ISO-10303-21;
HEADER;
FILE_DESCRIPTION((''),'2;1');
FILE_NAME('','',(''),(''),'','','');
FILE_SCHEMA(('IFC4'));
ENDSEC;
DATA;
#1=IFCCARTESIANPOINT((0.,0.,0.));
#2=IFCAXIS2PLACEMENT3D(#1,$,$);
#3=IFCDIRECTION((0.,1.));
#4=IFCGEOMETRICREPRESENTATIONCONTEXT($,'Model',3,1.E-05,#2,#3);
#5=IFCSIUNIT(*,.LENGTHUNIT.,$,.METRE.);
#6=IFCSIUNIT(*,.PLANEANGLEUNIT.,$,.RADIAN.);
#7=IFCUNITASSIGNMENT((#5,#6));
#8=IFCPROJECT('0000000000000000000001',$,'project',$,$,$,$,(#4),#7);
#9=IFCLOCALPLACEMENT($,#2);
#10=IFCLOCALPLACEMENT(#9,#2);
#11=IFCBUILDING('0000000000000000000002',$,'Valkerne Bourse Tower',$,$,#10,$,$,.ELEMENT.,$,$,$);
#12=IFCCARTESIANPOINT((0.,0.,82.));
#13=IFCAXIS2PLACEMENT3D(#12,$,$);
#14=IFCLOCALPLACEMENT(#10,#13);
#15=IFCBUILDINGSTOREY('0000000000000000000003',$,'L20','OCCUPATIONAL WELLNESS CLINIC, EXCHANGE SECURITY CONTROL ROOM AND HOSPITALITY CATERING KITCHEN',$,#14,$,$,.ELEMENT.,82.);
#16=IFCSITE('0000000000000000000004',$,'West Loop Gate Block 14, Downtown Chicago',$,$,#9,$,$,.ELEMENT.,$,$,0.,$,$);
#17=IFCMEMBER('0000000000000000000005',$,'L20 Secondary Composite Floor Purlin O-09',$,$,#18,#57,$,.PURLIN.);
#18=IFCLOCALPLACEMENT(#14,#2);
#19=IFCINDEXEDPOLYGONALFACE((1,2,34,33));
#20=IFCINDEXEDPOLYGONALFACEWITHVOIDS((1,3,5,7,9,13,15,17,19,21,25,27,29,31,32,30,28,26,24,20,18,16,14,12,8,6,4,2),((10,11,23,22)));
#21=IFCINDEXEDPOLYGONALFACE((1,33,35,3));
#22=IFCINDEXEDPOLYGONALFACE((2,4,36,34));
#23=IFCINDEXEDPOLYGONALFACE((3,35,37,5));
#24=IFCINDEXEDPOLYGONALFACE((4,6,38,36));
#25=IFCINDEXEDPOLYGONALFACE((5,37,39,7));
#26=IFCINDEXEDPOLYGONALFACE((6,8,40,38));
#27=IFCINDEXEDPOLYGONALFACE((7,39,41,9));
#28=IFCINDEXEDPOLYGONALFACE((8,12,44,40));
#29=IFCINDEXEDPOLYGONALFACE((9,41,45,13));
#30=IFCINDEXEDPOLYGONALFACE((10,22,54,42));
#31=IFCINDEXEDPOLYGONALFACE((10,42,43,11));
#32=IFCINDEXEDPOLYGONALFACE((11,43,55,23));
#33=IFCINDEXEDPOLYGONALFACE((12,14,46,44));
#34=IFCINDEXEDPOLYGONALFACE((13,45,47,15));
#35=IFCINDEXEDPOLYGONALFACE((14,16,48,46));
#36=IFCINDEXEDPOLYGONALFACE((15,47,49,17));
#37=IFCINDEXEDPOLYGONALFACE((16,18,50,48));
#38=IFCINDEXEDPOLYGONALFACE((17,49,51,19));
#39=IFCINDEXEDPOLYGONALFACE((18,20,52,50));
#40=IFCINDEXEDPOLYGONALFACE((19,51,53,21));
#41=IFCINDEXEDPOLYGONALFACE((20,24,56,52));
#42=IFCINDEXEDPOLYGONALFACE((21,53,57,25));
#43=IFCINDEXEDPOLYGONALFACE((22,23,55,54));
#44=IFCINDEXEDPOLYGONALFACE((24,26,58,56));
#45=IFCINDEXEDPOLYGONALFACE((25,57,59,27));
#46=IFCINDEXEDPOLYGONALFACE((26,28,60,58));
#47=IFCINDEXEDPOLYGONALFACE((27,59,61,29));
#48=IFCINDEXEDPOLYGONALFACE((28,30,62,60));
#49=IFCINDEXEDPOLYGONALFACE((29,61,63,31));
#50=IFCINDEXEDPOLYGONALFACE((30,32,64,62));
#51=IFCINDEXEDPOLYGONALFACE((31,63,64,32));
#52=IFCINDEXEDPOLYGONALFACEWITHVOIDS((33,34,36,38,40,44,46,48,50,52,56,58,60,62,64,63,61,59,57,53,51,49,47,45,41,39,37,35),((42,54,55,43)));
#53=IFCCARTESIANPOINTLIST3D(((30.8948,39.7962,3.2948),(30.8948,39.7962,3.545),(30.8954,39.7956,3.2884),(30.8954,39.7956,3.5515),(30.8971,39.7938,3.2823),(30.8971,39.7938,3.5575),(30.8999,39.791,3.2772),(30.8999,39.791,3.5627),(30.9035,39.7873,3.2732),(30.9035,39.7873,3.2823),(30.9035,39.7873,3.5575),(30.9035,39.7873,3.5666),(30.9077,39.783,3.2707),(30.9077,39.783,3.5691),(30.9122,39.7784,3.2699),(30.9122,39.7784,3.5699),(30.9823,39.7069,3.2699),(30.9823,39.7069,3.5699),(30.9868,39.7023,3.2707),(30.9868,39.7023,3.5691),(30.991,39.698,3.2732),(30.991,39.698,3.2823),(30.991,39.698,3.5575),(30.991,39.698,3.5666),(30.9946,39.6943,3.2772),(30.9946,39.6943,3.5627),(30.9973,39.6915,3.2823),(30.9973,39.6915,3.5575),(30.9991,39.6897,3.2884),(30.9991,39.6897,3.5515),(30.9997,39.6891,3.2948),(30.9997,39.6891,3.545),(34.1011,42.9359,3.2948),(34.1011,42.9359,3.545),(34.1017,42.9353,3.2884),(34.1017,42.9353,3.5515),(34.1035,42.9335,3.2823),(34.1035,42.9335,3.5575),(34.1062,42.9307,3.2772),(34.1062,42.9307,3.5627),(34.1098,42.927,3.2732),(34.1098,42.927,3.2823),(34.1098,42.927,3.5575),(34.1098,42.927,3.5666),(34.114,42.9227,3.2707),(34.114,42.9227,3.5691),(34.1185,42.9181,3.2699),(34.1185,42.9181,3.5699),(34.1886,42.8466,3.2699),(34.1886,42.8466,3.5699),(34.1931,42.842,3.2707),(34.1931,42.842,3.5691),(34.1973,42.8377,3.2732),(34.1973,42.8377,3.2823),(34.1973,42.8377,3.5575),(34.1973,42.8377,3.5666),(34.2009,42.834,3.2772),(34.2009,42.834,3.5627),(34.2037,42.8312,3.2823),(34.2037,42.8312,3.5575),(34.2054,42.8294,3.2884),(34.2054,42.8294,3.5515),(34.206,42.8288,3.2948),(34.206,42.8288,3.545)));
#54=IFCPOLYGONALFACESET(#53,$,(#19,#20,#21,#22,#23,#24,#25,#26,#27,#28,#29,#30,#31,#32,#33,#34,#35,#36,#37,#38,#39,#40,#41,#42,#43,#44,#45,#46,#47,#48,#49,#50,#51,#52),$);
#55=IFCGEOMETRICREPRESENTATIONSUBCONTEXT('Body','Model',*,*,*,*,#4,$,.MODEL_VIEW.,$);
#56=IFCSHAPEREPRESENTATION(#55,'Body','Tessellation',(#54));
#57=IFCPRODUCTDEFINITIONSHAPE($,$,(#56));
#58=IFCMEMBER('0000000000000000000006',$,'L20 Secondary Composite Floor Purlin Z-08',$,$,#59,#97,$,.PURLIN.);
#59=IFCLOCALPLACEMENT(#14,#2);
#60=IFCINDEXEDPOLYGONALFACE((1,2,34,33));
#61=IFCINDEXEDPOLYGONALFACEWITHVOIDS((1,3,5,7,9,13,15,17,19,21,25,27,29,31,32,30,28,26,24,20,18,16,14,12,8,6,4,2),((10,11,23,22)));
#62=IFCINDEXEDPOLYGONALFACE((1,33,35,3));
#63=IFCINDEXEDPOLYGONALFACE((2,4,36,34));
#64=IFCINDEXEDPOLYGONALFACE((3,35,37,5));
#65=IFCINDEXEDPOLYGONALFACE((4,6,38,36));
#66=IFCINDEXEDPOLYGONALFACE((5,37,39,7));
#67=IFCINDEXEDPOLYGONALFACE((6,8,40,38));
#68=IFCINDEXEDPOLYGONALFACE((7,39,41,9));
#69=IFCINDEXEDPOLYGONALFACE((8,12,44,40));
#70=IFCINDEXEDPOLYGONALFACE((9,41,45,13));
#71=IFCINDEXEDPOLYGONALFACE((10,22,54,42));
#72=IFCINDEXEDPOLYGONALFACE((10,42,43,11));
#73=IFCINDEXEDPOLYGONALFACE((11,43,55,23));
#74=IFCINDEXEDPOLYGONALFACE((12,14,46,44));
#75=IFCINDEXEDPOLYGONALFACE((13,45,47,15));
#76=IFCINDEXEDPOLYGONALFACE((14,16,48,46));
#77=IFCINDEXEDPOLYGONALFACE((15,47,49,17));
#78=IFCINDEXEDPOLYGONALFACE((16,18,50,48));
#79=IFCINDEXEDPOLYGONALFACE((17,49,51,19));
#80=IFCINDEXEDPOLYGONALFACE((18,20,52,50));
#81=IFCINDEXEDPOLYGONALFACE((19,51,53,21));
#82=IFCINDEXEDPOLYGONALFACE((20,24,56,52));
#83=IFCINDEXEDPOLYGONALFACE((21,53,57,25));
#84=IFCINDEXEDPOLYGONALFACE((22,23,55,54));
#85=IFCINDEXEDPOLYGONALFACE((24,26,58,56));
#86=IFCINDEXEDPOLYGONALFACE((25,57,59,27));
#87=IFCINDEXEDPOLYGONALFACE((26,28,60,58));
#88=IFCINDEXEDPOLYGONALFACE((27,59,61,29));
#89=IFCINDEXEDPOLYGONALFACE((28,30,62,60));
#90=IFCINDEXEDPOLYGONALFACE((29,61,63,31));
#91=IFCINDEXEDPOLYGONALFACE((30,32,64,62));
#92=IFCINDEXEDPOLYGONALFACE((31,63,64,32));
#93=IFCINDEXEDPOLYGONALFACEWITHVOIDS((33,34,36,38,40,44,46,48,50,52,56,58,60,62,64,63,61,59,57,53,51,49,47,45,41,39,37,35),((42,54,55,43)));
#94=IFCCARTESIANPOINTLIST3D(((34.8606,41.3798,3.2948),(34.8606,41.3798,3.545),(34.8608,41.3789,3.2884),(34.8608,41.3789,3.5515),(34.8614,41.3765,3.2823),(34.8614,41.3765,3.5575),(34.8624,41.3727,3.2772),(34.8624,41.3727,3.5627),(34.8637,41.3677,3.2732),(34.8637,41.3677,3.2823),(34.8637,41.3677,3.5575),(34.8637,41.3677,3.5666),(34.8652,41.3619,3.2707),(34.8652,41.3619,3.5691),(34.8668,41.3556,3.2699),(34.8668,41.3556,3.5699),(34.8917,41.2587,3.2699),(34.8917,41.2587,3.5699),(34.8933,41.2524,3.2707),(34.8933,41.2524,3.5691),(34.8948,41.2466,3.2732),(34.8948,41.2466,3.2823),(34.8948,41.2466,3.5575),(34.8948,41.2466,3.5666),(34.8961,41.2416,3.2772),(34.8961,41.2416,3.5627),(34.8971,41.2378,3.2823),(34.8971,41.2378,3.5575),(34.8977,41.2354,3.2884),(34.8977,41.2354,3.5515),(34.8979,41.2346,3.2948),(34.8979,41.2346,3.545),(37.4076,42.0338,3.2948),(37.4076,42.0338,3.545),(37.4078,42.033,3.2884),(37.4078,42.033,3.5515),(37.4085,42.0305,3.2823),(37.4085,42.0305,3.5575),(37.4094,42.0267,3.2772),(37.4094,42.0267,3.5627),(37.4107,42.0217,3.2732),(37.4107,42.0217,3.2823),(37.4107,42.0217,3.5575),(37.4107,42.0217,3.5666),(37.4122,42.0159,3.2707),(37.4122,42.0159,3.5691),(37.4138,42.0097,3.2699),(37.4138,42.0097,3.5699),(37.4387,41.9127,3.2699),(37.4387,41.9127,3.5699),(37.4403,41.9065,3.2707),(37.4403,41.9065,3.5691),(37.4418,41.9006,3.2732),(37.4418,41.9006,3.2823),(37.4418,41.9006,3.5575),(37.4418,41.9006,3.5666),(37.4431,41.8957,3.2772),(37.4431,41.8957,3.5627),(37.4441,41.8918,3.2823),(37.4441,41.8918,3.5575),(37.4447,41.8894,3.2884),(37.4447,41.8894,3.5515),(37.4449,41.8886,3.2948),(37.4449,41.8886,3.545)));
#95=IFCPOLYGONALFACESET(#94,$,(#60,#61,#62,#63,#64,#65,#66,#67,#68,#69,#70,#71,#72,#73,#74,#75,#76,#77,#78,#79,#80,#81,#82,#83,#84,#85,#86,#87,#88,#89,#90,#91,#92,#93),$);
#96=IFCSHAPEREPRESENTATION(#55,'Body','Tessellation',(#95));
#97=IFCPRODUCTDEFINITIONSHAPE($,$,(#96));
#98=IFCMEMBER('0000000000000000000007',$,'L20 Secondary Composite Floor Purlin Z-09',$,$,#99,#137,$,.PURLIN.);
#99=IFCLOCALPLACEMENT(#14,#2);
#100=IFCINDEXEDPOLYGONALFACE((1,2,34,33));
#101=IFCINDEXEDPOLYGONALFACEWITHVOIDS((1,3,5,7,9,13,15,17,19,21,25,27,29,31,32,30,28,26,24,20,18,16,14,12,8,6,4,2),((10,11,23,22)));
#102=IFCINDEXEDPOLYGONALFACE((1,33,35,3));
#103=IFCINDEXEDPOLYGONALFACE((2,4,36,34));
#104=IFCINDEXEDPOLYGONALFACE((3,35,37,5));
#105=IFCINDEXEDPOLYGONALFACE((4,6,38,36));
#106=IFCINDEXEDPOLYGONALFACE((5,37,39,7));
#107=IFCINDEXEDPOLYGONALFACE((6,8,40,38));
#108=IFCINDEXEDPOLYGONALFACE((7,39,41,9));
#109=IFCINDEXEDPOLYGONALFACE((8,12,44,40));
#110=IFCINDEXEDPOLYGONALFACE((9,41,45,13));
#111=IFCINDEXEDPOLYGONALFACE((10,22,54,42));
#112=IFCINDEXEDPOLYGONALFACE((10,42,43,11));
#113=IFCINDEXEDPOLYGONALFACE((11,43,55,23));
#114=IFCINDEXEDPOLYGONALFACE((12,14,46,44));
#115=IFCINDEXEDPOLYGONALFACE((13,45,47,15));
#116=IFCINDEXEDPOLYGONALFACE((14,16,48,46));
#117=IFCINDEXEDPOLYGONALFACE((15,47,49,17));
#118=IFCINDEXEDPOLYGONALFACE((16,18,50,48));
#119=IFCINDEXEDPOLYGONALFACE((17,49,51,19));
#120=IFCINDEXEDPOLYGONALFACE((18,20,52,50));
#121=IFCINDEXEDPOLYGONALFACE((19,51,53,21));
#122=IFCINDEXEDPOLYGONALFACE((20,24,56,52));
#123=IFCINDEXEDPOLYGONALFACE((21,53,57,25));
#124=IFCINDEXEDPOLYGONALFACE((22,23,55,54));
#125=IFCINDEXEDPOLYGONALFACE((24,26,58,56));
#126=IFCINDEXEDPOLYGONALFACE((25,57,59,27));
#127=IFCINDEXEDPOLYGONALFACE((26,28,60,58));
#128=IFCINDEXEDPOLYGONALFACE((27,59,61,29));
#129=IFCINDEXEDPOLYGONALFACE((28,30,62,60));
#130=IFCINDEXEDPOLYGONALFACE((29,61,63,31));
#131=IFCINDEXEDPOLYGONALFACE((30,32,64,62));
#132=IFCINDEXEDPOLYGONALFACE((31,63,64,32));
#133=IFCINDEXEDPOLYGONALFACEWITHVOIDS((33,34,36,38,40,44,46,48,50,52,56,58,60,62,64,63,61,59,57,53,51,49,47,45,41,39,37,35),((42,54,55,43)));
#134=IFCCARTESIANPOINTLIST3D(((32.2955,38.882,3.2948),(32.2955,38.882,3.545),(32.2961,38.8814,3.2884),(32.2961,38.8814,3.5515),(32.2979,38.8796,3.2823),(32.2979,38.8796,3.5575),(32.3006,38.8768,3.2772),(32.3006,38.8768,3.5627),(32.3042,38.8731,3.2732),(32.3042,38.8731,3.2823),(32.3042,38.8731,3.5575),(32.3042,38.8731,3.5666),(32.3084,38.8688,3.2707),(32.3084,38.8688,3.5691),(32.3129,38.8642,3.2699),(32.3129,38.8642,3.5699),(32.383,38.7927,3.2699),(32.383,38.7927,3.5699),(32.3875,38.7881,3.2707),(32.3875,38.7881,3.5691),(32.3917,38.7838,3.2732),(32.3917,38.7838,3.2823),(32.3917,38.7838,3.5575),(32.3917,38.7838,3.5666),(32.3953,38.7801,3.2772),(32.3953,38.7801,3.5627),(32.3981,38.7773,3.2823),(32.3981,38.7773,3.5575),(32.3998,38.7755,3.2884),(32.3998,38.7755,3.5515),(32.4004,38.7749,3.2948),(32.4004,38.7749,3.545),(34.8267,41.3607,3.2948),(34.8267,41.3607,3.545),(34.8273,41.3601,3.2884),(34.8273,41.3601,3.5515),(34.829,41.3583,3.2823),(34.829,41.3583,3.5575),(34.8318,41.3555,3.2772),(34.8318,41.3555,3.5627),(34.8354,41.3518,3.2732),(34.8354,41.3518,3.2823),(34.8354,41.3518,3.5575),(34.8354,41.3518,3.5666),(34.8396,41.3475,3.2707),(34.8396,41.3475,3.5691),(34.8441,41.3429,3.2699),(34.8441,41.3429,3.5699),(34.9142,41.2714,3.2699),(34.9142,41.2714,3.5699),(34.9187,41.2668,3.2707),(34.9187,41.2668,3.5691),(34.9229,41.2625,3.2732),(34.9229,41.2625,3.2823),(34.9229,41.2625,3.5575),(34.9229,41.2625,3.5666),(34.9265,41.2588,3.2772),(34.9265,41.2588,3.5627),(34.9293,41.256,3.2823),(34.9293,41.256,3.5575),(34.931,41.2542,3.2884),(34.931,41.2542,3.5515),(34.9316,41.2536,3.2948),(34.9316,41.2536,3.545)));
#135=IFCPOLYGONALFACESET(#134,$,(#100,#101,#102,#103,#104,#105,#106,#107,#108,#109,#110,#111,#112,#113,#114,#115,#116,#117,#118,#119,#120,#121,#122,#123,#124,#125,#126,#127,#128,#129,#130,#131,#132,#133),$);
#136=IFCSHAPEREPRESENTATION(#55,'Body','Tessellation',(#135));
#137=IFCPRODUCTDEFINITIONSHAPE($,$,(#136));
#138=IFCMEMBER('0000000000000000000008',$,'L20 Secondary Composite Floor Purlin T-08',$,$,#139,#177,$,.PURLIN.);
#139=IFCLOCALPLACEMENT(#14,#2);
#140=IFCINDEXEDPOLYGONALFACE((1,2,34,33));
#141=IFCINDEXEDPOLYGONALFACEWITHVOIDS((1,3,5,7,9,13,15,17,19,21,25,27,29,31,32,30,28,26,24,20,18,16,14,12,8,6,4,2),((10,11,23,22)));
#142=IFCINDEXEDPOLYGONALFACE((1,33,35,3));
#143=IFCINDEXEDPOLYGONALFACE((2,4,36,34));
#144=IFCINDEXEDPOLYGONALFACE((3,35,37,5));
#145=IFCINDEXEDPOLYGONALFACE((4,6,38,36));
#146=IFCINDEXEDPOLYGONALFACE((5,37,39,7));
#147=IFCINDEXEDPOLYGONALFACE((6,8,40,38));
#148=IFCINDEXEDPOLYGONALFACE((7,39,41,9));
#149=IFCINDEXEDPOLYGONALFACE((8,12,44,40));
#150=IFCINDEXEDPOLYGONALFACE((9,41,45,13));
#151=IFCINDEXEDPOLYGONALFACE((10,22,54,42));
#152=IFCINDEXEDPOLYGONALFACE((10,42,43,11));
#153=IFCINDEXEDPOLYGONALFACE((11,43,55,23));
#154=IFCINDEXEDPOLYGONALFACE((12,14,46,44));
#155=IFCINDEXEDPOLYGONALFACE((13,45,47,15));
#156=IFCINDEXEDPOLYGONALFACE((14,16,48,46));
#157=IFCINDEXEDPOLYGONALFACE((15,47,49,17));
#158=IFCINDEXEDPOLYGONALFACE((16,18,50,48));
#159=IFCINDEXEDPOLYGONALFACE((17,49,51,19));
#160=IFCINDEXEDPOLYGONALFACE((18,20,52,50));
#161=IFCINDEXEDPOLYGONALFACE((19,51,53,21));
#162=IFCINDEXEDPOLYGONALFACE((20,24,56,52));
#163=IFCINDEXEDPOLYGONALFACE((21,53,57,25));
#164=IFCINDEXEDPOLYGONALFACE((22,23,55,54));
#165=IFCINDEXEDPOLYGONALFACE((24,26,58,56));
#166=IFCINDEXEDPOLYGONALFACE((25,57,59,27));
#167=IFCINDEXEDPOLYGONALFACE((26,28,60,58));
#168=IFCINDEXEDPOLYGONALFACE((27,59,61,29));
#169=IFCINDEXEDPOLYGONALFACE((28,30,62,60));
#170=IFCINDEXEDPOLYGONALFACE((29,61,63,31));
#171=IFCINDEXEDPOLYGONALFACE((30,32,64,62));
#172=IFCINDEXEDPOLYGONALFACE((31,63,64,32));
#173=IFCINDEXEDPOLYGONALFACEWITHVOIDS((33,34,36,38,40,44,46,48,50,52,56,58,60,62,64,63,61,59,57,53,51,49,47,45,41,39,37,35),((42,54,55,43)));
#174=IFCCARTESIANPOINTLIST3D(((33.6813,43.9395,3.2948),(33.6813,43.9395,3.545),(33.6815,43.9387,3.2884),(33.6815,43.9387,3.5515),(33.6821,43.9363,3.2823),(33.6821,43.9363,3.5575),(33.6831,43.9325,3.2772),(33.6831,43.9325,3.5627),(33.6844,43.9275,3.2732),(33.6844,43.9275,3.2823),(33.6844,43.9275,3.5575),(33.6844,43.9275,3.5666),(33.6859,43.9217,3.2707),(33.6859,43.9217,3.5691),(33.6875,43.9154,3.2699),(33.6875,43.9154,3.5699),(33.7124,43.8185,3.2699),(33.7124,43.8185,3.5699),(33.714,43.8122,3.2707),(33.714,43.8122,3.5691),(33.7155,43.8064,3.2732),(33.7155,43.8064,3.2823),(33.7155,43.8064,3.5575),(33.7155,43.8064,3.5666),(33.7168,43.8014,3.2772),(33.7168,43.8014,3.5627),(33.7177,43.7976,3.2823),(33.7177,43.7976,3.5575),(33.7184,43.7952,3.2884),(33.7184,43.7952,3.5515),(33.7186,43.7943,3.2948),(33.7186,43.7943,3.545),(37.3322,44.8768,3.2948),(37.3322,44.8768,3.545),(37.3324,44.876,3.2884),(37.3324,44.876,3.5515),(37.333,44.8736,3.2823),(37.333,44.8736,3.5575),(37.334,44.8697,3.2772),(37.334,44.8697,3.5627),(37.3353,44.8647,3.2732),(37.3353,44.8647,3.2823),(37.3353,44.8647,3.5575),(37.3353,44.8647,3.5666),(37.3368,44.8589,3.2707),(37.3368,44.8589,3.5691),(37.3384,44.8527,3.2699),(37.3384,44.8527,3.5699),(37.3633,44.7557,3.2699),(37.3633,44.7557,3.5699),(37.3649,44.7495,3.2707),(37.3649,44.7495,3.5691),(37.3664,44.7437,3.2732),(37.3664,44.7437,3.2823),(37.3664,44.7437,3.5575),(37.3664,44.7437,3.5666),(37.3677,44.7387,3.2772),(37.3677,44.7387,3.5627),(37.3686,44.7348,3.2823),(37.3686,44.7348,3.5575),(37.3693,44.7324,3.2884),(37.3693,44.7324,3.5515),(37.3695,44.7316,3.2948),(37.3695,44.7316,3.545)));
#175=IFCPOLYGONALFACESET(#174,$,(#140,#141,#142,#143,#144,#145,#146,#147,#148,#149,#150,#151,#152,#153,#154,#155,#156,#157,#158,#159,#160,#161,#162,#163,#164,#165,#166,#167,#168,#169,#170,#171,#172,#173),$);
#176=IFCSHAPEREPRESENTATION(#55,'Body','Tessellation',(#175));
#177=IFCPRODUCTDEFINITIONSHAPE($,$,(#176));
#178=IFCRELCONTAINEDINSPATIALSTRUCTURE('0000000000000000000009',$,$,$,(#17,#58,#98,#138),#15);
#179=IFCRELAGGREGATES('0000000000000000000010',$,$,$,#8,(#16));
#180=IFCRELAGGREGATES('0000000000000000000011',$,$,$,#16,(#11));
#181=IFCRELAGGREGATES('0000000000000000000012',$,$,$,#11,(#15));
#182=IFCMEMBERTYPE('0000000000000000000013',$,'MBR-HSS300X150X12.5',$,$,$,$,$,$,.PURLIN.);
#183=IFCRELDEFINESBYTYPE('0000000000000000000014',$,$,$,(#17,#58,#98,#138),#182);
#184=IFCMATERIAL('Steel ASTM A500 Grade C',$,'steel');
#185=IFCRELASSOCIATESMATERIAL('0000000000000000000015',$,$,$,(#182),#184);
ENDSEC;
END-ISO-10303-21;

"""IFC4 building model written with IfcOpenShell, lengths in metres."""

from ifc_helpers import new_model, si_unit, direction, frame, origin, origin_2d, place, context, subcontext, project, spatial, hollow_rectangle, extrude, material, material_profile, profile_set, type_object, element, save


model = new_model("IFC4")

# Units and contexts
model_context = context("Model", 3, precision=1e-05, world=origin(), true_north=direction((0.0, 1.0)))
body_context = subcontext(model_context, "Body", "Model", "MODEL_VIEW")
ifc_project = project(units=[si_unit("LENGTHUNIT", "METRE"), si_unit("PLANEANGLEUNIT", "RADIAN")], contexts=[model_context])

# Site, building, storey
site_placement = place(None, origin())
site = spatial("IfcSite", under=ifc_project, at=site_placement, Name="West Loop Gate Block 14, Downtown Chicago", CompositionType="ELEMENT", RefElevation=0.0)
building_placement = place(site_placement, origin())
building = spatial("IfcBuilding", under=site, at=building_placement, Name="Valkerne Bourse Tower", CompositionType="ELEMENT")
storey_placement = place(building_placement, frame((0.0, 0.0, 82.0)))
storey = spatial("IfcBuildingStorey", under=building, at=storey_placement, Name="L20", Description="OCCUPATIONAL WELLNESS CLINIC, EXCHANGE SECURITY CONTROL ROOM AND HOSPITALITY CATERING KITCHEN", CompositionType="ELEMENT", Elevation=82.0)

# Members
ifc_material_1 = material(Name="Steel ASTM A500 Grade C", Category="steel")
ifc_material_profile_1 = material_profile(ifc_material_1, hollow_rectangle(XDim=0.1499, YDim=0.3, WallThickness=0.0125, OuterFilletRadius=0.0249, at=origin_2d()), Name="HSS300X150X12.5")
ifc_profile_set_1 = profile_set([ifc_material_profile_1], Name="Steel ASTM A500 Grade C")
member_type_1 = type_object("IfcMemberType", Name="MBR-HSS300X150X12.5", PredefinedType="PURLIN", material=ifc_profile_set_1)
member_1_placement = place(storey_placement, frame((34.1536, 42.8823, 3.4199), z_axis=(-0.714494, -0.699642, 0.0), x_axis=(0.699642, -0.714494, 0.0)))
element("IfcMember", 1, at=member_1_placement, inside=storey, type_object=member_type_1, Name="L20 Secondary Composite Floor Purlin O-09", PredefinedType="PURLIN", context=body_context, shape_type="SweptSolid", body=[
    extrude(hollow_rectangle(XDim=0.1499, YDim=0.3, WallThickness=0.0125, OuterFilletRadius=0.0249, at=origin_2d()), origin(), (0.0, 0.0, 1.0), 4.4875),
])
member_2_placement = place(storey_placement, frame((37.4263, 41.9612, 3.4199), z_axis=(-0.968577, -0.248713, 0.0), x_axis=(0.248713, -0.968577, 0.0)))
element("IfcMember", 2, at=member_2_placement, inside=storey, type_object=member_type_1, Name="L20 Secondary Composite Floor Purlin Z-08", PredefinedType="PURLIN", context=body_context, shape_type="SweptSolid", body=[
    extrude(hollow_rectangle(XDim=0.1499, YDim=0.3, WallThickness=0.0125, OuterFilletRadius=0.0249, at=origin_2d()), origin(), (0.0, 0.0, 1.0), 2.6296),
])
member_3_placement = place(storey_placement, frame((34.8792, 41.3071, 3.4199), z_axis=(-0.714476, -0.69966, 0.0), x_axis=(0.69966, -0.714476, 0.0)))
element("IfcMember", 3, at=member_3_placement, inside=storey, type_object=member_type_1, Name="L20 Secondary Composite Floor Purlin Z-09", PredefinedType="PURLIN", context=body_context, shape_type="SweptSolid", body=[
    extrude(hollow_rectangle(XDim=0.1499, YDim=0.3, WallThickness=0.0125, OuterFilletRadius=0.0249, at=origin_2d()), origin(), (0.0, 0.0, 1.0), 3.5427),
])
member_4_placement = place(storey_placement, frame((37.3508, 44.8042, 3.4199), z_axis=(-0.968592, -0.248657, 0.0), x_axis=(0.248657, -0.968592, 0.0)))
element("IfcMember", 4, at=member_4_placement, inside=storey, type_object=member_type_1, Name="L20 Secondary Composite Floor Purlin T-08", PredefinedType="PURLIN", context=body_context, shape_type="SweptSolid", body=[
    extrude(hollow_rectangle(XDim=0.1499, YDim=0.3, WallThickness=0.0125, OuterFilletRadius=0.0249, at=origin_2d()), origin(), (0.0, 0.0, 1.0), 3.7693),
])

save(model, "model.ifc")
